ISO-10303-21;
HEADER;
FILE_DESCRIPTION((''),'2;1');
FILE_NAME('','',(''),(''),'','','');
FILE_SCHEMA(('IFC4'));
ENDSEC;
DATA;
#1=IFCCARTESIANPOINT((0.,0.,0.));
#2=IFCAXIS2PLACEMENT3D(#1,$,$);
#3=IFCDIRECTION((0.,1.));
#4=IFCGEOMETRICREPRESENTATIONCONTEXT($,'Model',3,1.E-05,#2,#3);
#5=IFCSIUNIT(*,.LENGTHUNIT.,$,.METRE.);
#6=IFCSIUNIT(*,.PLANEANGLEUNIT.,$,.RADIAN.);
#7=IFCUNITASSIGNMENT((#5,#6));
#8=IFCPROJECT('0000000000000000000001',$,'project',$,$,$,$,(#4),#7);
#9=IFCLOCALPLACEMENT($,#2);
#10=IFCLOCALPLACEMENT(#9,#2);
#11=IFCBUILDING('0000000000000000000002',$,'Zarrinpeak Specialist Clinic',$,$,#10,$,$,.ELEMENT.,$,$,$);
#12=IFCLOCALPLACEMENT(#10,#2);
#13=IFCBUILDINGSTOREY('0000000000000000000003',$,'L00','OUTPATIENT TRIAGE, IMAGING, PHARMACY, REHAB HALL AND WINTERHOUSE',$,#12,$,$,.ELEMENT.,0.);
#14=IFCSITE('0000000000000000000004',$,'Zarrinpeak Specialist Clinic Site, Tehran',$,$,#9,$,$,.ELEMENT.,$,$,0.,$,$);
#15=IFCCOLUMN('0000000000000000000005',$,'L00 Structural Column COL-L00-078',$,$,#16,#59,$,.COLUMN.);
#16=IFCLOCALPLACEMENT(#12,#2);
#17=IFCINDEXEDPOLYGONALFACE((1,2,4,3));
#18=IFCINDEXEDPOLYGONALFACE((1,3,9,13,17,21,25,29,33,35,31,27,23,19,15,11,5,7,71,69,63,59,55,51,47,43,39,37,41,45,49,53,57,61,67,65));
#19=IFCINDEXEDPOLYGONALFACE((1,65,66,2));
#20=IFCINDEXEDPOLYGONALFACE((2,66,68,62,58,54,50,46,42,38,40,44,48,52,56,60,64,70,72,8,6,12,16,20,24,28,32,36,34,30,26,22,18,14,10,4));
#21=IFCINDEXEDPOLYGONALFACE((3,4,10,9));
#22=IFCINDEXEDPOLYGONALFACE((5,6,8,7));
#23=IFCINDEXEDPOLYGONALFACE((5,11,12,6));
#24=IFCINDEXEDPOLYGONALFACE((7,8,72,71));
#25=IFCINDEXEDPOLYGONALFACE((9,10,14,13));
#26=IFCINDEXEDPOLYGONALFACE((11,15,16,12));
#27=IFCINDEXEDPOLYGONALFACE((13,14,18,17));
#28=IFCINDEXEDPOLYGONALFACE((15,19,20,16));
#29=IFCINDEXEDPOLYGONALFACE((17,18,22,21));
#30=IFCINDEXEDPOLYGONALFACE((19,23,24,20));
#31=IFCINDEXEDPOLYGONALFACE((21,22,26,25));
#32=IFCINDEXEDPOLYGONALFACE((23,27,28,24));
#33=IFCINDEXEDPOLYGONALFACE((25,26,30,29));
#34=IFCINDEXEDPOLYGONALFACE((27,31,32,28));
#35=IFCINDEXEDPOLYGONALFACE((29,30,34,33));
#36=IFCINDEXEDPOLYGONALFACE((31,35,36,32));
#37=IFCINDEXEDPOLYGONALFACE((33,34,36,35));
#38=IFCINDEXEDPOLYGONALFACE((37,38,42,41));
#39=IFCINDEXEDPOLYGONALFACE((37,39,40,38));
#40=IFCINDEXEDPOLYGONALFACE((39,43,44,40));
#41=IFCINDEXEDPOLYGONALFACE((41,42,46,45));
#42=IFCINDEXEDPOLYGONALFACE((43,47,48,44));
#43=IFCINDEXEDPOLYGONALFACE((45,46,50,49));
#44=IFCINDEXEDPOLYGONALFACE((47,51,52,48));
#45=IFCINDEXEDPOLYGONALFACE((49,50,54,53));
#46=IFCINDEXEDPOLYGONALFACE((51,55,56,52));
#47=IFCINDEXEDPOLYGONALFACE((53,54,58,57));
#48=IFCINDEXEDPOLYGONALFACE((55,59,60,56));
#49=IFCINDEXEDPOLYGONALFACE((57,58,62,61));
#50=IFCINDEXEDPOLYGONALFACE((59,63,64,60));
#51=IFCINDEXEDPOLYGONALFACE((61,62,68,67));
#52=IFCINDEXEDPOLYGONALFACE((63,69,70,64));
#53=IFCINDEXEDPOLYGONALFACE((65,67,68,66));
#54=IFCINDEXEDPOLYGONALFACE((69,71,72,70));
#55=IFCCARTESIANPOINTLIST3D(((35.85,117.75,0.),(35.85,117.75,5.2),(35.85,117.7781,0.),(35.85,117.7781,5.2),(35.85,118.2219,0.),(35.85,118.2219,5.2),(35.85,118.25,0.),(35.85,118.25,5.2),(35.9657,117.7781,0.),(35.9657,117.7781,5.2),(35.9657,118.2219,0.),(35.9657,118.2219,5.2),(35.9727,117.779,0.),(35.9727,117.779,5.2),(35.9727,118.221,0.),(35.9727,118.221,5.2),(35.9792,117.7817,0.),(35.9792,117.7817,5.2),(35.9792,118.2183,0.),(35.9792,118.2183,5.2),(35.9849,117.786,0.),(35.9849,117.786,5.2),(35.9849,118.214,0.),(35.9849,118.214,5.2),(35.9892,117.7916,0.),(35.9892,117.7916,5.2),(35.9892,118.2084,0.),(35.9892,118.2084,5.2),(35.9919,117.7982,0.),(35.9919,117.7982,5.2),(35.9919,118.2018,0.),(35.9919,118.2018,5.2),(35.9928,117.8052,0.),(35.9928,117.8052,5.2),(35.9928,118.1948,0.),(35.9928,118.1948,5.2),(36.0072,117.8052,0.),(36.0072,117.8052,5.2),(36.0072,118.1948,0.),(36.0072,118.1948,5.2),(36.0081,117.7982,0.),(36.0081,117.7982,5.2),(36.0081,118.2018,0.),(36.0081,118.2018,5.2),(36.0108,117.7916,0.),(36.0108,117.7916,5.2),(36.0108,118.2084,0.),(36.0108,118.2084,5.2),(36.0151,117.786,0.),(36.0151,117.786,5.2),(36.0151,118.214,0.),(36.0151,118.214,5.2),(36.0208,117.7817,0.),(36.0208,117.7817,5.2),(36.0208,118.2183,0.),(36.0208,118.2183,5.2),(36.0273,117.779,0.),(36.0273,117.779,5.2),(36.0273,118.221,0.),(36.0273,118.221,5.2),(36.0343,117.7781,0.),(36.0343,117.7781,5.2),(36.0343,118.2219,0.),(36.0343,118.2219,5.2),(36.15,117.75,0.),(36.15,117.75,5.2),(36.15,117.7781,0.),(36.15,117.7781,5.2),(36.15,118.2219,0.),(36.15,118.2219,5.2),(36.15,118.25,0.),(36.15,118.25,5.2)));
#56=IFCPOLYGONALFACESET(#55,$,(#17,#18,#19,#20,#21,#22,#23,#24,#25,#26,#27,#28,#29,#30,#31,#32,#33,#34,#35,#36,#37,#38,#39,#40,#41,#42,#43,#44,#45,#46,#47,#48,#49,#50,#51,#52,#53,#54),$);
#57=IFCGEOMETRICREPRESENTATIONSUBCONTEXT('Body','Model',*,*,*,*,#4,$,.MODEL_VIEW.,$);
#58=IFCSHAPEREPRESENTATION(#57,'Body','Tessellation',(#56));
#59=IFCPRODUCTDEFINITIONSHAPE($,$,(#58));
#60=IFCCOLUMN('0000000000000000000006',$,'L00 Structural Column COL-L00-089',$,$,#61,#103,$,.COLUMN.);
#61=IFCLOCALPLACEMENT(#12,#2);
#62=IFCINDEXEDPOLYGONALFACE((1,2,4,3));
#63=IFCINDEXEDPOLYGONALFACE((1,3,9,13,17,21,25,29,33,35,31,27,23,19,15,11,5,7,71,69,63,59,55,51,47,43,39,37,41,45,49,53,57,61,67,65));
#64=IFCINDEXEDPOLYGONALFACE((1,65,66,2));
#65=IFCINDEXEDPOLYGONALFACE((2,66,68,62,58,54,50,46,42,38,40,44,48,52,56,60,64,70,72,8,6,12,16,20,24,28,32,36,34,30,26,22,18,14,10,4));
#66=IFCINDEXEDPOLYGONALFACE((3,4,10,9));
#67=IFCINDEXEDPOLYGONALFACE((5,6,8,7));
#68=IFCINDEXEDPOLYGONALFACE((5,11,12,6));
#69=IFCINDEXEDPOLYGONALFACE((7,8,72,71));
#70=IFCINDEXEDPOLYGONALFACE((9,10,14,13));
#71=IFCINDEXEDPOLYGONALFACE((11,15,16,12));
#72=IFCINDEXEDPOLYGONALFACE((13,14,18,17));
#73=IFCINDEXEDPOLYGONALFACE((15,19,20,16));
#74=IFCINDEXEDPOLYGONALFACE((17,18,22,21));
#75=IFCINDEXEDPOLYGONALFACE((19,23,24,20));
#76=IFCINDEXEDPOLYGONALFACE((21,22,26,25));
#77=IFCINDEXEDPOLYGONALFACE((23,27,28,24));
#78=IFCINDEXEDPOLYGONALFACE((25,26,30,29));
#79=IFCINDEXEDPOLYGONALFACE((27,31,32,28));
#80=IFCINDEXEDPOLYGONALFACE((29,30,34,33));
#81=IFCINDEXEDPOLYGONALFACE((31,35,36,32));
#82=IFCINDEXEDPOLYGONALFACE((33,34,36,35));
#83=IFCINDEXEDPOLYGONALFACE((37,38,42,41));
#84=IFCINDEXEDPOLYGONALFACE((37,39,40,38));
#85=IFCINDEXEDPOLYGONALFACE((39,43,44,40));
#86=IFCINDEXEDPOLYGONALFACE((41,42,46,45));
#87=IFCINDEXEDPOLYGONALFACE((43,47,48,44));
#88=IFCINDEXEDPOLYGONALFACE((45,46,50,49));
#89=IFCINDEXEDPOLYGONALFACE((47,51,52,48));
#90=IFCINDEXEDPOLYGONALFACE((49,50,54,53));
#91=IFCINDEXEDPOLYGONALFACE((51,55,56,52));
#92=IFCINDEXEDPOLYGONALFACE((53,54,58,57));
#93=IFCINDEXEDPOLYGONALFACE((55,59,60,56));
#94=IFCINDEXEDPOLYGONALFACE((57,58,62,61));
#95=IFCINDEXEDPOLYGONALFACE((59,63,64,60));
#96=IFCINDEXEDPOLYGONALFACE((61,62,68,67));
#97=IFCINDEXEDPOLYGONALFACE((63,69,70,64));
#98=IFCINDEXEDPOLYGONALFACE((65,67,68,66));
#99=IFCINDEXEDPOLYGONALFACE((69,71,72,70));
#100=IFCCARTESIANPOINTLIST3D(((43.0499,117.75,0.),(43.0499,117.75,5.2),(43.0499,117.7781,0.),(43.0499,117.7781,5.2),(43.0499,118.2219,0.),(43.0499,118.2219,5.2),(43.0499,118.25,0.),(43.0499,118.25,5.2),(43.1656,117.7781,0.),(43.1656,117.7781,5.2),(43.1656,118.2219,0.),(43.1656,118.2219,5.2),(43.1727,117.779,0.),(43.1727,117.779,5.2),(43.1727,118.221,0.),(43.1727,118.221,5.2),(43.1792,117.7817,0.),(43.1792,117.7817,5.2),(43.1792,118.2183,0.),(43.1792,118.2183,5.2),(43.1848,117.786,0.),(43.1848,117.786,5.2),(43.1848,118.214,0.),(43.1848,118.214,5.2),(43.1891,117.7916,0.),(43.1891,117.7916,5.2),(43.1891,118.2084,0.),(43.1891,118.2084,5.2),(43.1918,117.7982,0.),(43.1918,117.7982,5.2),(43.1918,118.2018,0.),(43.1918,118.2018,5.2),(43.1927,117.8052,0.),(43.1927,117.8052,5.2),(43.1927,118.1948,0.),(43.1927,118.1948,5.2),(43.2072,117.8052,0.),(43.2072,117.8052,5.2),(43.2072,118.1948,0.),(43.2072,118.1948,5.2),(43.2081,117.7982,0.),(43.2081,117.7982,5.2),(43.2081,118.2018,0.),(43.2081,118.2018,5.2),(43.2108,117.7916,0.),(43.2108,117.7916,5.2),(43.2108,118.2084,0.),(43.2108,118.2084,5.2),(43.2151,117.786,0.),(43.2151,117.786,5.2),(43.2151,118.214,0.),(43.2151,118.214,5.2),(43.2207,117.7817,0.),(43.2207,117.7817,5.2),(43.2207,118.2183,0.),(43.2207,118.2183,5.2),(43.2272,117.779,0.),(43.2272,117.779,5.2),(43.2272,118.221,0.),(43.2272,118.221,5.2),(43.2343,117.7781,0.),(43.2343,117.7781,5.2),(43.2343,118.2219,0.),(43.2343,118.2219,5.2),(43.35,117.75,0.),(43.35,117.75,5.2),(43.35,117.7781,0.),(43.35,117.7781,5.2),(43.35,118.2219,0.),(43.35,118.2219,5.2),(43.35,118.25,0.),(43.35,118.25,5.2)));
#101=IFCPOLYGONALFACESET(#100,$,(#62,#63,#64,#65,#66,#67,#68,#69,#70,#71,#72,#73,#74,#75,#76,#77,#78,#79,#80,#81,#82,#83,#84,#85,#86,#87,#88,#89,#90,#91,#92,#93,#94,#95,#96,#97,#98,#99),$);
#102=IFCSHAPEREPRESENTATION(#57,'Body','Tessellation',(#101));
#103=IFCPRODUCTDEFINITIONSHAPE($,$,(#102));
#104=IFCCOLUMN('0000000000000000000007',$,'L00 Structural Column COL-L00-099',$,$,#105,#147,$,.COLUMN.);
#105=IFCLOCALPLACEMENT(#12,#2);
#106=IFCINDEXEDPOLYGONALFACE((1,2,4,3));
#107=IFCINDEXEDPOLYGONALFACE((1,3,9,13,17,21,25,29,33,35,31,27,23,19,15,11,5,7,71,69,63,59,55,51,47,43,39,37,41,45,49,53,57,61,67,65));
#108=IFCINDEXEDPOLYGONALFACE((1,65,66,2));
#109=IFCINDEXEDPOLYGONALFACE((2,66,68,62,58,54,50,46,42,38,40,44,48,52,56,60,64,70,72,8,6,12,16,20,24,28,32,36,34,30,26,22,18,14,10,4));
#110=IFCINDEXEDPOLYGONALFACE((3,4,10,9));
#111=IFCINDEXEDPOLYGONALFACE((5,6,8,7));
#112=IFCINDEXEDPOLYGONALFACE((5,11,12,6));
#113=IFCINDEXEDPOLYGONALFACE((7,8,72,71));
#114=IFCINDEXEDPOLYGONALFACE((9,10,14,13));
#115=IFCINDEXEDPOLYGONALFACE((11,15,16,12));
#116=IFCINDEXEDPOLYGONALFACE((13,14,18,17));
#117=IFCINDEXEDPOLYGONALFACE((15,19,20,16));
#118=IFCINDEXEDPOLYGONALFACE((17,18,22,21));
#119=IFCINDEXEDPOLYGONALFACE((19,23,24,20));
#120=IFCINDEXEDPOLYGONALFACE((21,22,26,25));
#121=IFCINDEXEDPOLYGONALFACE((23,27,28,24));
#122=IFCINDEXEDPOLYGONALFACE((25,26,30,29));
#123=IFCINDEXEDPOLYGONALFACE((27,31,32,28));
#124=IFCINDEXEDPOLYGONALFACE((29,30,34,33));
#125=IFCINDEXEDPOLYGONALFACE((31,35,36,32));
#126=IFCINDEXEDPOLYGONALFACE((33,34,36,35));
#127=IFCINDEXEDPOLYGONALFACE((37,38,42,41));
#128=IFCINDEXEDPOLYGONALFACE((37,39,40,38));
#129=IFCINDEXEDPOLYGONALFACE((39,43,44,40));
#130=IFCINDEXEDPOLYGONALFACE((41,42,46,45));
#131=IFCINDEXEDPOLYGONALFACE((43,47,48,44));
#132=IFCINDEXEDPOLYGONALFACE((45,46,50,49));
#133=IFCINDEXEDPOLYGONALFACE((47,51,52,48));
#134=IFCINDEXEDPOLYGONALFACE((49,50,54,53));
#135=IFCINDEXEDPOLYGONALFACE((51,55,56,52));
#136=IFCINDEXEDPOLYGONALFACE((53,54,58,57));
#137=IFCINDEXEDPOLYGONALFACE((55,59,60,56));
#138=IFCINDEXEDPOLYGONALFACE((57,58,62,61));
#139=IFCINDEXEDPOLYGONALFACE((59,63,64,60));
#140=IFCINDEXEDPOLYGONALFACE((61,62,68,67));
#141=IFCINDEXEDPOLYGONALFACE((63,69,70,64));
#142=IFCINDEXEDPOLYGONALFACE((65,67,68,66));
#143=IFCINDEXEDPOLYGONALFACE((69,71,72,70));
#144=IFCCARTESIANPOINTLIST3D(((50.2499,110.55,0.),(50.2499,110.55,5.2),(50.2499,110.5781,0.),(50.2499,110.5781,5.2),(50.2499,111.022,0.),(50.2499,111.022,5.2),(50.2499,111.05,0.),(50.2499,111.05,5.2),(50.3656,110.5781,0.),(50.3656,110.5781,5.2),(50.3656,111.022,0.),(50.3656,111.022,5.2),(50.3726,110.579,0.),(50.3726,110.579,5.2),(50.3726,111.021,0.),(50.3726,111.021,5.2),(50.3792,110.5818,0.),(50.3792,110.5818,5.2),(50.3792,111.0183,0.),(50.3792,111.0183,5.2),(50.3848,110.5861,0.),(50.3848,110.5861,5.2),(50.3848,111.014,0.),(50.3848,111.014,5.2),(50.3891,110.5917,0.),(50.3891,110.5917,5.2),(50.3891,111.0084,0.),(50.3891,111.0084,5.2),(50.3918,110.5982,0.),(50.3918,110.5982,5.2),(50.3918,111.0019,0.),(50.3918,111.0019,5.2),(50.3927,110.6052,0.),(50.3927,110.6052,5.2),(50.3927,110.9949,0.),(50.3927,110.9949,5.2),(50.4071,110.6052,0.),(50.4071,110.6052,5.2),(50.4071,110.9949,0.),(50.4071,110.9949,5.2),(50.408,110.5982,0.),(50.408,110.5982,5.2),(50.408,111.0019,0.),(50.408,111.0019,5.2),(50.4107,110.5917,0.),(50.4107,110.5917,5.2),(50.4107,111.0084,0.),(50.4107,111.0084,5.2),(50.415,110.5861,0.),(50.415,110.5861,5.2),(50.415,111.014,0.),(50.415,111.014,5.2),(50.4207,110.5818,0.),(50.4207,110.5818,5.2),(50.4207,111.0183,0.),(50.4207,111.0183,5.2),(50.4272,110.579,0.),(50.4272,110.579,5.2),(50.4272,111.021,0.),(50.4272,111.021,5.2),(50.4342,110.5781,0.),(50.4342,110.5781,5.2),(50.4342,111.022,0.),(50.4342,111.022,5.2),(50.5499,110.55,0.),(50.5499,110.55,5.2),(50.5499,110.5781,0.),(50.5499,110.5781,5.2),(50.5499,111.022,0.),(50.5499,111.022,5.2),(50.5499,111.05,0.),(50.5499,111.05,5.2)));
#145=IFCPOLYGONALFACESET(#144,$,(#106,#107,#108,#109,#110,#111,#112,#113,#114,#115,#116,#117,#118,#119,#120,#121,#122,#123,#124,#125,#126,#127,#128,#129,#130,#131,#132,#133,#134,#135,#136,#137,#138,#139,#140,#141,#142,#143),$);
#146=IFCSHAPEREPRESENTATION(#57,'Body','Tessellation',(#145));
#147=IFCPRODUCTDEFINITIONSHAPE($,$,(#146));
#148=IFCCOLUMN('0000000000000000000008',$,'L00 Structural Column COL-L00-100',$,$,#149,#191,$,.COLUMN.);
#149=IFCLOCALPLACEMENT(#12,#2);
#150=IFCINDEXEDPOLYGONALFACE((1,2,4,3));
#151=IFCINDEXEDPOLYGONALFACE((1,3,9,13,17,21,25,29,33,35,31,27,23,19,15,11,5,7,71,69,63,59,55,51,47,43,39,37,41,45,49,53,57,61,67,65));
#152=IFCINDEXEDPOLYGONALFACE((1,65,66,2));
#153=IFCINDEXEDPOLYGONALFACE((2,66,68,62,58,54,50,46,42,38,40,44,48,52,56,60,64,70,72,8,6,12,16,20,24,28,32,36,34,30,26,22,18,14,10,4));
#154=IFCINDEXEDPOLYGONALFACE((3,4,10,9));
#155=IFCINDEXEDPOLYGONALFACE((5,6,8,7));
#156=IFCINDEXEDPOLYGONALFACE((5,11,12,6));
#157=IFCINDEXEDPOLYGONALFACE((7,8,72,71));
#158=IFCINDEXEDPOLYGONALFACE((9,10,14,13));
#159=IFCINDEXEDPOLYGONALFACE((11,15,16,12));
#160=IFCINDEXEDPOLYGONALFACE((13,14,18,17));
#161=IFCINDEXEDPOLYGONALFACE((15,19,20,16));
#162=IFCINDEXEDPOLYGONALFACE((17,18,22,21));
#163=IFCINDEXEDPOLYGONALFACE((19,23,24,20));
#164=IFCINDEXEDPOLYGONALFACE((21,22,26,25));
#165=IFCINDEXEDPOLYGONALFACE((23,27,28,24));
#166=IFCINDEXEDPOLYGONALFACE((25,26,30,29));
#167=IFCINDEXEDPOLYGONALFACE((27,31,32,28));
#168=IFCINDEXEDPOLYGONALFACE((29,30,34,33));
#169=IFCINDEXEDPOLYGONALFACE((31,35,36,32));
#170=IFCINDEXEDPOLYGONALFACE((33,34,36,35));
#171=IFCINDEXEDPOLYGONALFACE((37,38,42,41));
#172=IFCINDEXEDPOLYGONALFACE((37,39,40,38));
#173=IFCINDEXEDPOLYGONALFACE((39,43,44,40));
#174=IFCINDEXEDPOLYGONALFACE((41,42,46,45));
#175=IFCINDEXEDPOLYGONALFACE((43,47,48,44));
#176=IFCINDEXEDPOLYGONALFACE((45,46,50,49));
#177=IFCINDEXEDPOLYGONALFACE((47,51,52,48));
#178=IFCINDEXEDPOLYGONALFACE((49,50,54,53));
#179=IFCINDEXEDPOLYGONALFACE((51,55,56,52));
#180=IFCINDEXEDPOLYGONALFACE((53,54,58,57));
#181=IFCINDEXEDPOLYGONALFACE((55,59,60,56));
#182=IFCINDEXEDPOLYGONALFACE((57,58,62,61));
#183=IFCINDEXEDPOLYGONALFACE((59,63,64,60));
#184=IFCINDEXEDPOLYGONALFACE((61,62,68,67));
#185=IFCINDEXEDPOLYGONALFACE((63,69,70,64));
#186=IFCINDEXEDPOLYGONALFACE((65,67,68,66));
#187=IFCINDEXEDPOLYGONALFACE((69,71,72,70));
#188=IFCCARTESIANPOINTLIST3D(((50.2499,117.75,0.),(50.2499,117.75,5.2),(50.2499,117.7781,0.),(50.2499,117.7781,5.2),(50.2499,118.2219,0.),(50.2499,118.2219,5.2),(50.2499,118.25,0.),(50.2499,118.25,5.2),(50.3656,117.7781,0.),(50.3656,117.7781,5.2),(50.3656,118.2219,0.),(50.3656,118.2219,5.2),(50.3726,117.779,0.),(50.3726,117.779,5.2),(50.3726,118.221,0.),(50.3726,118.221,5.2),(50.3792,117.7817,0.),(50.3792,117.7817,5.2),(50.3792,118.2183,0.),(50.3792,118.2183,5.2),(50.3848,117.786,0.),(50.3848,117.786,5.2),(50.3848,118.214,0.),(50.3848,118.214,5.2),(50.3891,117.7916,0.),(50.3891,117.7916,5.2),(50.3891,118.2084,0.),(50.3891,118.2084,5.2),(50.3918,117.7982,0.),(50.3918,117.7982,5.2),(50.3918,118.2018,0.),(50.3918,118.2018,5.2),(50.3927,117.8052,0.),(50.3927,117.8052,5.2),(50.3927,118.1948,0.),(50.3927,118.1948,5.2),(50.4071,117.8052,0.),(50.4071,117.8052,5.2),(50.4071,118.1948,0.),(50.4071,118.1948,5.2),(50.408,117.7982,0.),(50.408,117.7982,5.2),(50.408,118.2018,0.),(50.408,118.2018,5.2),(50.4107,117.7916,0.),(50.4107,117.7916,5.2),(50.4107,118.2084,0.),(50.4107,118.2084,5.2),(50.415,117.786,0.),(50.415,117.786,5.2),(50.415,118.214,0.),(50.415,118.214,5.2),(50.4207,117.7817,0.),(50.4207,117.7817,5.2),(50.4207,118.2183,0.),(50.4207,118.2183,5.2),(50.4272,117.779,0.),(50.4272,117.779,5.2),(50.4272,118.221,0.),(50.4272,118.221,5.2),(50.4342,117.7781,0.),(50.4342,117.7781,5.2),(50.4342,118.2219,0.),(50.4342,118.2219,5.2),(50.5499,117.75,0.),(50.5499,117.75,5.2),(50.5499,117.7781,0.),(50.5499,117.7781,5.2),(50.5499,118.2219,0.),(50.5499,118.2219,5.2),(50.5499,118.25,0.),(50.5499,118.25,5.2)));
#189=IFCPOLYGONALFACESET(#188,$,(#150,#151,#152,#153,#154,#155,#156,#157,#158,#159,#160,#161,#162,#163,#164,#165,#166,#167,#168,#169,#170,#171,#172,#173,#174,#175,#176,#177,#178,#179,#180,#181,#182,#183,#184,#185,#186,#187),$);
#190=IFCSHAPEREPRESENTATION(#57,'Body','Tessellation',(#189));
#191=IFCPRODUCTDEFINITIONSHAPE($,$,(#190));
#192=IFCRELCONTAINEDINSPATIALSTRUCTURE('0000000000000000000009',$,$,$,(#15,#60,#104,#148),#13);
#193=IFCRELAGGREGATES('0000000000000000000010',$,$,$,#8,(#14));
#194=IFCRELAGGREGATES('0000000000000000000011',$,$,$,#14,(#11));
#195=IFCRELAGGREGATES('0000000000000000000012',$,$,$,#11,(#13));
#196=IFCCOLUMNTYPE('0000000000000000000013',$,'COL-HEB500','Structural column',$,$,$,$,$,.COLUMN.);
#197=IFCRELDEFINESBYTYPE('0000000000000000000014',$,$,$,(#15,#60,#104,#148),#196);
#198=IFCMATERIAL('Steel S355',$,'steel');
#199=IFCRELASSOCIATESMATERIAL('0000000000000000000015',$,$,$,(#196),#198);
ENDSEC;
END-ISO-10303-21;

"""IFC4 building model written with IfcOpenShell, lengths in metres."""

from ifc_helpers import new_model, si_unit, direction, frame, origin, origin_2d, place, context, subcontext, project, spatial, i_section, extrude, material, material_profile, profile_set, type_object, element, save


model = new_model("IFC4")

# Units and contexts
model_context = context("Model", 3, precision=1e-05, world=origin(), true_north=direction((0.0, 1.0)))
body_context = subcontext(model_context, "Body", "Model", "MODEL_VIEW")
ifc_project = project(units=[si_unit("LENGTHUNIT", "METRE"), si_unit("PLANEANGLEUNIT", "RADIAN")], contexts=[model_context])

# Site, building, storey
site_placement = place(None, origin())
site = spatial("IfcSite", under=ifc_project, at=site_placement, Name="Zarrinpeak Specialist Clinic Site, Tehran", CompositionType="ELEMENT", RefElevation=0.0)
building_placement = place(site_placement, origin())
building = spatial("IfcBuilding", under=site, at=building_placement, Name="Zarrinpeak Specialist Clinic", CompositionType="ELEMENT")
storey_placement = place(building_placement, origin())
storey = spatial("IfcBuildingStorey", under=building, at=storey_placement, Name="L00", Description="OUTPATIENT TRIAGE, IMAGING, PHARMACY, REHAB HALL AND WINTERHOUSE", CompositionType="ELEMENT", Elevation=0.0)

# Columns
ifc_material_1 = material(Name="Steel S355", Category="steel")
ifc_material_profile_1 = material_profile(ifc_material_1, i_section(OverallWidth=0.3, OverallDepth=0.5, WebThickness=0.0144, FlangeThickness=0.0281, FilletRadius=0.0271, at=origin_2d()), Name="HEB 500")
ifc_profile_set_1 = profile_set([ifc_material_profile_1], Name="Steel S355")
column_type = type_object("IfcColumnType", Name="COL-HEB500", Description="Structural column", PredefinedType="COLUMN", material=ifc_profile_set_1)
for number, where, z_axis, x_axis, name in (
    (1, (36.0, 118.0, 0.0), (0.0, 0.0, 1.0), (1.0, 0.0, 0.0), "L00 Structural Column COL-L00-078"),
    (2, (43.2, 118.0, 0.0), (0.0, 0.0, 1.0), (1.0, 0.0, 0.0), "L00 Structural Column COL-L00-089"),
    (3, (50.3999, 110.8, 0.0), (0.0, 0.0, 1.0), (1.0, 0.0, 0.0), "L00 Structural Column COL-L00-099"),
    (4, (50.3999, 118.0, 0.0), (0.0, 0.0, 1.0), (1.0, 0.0, 0.0), "L00 Structural Column COL-L00-100"),
):
    element("IfcColumn", number, at=place(storey_placement, frame(where, z_axis=z_axis, x_axis=x_axis)), inside=storey, type_object=column_type, Name=name, PredefinedType="COLUMN", context=body_context, shape_type="SweptSolid", body=[
        extrude(i_section(OverallWidth=0.3, OverallDepth=0.5, WebThickness=0.0144, FlangeThickness=0.0281, FilletRadius=0.0271, at=origin_2d()), origin(), (0.0, 0.0, 1.0), 5.2),
    ])

save(model, "model.ifc")
